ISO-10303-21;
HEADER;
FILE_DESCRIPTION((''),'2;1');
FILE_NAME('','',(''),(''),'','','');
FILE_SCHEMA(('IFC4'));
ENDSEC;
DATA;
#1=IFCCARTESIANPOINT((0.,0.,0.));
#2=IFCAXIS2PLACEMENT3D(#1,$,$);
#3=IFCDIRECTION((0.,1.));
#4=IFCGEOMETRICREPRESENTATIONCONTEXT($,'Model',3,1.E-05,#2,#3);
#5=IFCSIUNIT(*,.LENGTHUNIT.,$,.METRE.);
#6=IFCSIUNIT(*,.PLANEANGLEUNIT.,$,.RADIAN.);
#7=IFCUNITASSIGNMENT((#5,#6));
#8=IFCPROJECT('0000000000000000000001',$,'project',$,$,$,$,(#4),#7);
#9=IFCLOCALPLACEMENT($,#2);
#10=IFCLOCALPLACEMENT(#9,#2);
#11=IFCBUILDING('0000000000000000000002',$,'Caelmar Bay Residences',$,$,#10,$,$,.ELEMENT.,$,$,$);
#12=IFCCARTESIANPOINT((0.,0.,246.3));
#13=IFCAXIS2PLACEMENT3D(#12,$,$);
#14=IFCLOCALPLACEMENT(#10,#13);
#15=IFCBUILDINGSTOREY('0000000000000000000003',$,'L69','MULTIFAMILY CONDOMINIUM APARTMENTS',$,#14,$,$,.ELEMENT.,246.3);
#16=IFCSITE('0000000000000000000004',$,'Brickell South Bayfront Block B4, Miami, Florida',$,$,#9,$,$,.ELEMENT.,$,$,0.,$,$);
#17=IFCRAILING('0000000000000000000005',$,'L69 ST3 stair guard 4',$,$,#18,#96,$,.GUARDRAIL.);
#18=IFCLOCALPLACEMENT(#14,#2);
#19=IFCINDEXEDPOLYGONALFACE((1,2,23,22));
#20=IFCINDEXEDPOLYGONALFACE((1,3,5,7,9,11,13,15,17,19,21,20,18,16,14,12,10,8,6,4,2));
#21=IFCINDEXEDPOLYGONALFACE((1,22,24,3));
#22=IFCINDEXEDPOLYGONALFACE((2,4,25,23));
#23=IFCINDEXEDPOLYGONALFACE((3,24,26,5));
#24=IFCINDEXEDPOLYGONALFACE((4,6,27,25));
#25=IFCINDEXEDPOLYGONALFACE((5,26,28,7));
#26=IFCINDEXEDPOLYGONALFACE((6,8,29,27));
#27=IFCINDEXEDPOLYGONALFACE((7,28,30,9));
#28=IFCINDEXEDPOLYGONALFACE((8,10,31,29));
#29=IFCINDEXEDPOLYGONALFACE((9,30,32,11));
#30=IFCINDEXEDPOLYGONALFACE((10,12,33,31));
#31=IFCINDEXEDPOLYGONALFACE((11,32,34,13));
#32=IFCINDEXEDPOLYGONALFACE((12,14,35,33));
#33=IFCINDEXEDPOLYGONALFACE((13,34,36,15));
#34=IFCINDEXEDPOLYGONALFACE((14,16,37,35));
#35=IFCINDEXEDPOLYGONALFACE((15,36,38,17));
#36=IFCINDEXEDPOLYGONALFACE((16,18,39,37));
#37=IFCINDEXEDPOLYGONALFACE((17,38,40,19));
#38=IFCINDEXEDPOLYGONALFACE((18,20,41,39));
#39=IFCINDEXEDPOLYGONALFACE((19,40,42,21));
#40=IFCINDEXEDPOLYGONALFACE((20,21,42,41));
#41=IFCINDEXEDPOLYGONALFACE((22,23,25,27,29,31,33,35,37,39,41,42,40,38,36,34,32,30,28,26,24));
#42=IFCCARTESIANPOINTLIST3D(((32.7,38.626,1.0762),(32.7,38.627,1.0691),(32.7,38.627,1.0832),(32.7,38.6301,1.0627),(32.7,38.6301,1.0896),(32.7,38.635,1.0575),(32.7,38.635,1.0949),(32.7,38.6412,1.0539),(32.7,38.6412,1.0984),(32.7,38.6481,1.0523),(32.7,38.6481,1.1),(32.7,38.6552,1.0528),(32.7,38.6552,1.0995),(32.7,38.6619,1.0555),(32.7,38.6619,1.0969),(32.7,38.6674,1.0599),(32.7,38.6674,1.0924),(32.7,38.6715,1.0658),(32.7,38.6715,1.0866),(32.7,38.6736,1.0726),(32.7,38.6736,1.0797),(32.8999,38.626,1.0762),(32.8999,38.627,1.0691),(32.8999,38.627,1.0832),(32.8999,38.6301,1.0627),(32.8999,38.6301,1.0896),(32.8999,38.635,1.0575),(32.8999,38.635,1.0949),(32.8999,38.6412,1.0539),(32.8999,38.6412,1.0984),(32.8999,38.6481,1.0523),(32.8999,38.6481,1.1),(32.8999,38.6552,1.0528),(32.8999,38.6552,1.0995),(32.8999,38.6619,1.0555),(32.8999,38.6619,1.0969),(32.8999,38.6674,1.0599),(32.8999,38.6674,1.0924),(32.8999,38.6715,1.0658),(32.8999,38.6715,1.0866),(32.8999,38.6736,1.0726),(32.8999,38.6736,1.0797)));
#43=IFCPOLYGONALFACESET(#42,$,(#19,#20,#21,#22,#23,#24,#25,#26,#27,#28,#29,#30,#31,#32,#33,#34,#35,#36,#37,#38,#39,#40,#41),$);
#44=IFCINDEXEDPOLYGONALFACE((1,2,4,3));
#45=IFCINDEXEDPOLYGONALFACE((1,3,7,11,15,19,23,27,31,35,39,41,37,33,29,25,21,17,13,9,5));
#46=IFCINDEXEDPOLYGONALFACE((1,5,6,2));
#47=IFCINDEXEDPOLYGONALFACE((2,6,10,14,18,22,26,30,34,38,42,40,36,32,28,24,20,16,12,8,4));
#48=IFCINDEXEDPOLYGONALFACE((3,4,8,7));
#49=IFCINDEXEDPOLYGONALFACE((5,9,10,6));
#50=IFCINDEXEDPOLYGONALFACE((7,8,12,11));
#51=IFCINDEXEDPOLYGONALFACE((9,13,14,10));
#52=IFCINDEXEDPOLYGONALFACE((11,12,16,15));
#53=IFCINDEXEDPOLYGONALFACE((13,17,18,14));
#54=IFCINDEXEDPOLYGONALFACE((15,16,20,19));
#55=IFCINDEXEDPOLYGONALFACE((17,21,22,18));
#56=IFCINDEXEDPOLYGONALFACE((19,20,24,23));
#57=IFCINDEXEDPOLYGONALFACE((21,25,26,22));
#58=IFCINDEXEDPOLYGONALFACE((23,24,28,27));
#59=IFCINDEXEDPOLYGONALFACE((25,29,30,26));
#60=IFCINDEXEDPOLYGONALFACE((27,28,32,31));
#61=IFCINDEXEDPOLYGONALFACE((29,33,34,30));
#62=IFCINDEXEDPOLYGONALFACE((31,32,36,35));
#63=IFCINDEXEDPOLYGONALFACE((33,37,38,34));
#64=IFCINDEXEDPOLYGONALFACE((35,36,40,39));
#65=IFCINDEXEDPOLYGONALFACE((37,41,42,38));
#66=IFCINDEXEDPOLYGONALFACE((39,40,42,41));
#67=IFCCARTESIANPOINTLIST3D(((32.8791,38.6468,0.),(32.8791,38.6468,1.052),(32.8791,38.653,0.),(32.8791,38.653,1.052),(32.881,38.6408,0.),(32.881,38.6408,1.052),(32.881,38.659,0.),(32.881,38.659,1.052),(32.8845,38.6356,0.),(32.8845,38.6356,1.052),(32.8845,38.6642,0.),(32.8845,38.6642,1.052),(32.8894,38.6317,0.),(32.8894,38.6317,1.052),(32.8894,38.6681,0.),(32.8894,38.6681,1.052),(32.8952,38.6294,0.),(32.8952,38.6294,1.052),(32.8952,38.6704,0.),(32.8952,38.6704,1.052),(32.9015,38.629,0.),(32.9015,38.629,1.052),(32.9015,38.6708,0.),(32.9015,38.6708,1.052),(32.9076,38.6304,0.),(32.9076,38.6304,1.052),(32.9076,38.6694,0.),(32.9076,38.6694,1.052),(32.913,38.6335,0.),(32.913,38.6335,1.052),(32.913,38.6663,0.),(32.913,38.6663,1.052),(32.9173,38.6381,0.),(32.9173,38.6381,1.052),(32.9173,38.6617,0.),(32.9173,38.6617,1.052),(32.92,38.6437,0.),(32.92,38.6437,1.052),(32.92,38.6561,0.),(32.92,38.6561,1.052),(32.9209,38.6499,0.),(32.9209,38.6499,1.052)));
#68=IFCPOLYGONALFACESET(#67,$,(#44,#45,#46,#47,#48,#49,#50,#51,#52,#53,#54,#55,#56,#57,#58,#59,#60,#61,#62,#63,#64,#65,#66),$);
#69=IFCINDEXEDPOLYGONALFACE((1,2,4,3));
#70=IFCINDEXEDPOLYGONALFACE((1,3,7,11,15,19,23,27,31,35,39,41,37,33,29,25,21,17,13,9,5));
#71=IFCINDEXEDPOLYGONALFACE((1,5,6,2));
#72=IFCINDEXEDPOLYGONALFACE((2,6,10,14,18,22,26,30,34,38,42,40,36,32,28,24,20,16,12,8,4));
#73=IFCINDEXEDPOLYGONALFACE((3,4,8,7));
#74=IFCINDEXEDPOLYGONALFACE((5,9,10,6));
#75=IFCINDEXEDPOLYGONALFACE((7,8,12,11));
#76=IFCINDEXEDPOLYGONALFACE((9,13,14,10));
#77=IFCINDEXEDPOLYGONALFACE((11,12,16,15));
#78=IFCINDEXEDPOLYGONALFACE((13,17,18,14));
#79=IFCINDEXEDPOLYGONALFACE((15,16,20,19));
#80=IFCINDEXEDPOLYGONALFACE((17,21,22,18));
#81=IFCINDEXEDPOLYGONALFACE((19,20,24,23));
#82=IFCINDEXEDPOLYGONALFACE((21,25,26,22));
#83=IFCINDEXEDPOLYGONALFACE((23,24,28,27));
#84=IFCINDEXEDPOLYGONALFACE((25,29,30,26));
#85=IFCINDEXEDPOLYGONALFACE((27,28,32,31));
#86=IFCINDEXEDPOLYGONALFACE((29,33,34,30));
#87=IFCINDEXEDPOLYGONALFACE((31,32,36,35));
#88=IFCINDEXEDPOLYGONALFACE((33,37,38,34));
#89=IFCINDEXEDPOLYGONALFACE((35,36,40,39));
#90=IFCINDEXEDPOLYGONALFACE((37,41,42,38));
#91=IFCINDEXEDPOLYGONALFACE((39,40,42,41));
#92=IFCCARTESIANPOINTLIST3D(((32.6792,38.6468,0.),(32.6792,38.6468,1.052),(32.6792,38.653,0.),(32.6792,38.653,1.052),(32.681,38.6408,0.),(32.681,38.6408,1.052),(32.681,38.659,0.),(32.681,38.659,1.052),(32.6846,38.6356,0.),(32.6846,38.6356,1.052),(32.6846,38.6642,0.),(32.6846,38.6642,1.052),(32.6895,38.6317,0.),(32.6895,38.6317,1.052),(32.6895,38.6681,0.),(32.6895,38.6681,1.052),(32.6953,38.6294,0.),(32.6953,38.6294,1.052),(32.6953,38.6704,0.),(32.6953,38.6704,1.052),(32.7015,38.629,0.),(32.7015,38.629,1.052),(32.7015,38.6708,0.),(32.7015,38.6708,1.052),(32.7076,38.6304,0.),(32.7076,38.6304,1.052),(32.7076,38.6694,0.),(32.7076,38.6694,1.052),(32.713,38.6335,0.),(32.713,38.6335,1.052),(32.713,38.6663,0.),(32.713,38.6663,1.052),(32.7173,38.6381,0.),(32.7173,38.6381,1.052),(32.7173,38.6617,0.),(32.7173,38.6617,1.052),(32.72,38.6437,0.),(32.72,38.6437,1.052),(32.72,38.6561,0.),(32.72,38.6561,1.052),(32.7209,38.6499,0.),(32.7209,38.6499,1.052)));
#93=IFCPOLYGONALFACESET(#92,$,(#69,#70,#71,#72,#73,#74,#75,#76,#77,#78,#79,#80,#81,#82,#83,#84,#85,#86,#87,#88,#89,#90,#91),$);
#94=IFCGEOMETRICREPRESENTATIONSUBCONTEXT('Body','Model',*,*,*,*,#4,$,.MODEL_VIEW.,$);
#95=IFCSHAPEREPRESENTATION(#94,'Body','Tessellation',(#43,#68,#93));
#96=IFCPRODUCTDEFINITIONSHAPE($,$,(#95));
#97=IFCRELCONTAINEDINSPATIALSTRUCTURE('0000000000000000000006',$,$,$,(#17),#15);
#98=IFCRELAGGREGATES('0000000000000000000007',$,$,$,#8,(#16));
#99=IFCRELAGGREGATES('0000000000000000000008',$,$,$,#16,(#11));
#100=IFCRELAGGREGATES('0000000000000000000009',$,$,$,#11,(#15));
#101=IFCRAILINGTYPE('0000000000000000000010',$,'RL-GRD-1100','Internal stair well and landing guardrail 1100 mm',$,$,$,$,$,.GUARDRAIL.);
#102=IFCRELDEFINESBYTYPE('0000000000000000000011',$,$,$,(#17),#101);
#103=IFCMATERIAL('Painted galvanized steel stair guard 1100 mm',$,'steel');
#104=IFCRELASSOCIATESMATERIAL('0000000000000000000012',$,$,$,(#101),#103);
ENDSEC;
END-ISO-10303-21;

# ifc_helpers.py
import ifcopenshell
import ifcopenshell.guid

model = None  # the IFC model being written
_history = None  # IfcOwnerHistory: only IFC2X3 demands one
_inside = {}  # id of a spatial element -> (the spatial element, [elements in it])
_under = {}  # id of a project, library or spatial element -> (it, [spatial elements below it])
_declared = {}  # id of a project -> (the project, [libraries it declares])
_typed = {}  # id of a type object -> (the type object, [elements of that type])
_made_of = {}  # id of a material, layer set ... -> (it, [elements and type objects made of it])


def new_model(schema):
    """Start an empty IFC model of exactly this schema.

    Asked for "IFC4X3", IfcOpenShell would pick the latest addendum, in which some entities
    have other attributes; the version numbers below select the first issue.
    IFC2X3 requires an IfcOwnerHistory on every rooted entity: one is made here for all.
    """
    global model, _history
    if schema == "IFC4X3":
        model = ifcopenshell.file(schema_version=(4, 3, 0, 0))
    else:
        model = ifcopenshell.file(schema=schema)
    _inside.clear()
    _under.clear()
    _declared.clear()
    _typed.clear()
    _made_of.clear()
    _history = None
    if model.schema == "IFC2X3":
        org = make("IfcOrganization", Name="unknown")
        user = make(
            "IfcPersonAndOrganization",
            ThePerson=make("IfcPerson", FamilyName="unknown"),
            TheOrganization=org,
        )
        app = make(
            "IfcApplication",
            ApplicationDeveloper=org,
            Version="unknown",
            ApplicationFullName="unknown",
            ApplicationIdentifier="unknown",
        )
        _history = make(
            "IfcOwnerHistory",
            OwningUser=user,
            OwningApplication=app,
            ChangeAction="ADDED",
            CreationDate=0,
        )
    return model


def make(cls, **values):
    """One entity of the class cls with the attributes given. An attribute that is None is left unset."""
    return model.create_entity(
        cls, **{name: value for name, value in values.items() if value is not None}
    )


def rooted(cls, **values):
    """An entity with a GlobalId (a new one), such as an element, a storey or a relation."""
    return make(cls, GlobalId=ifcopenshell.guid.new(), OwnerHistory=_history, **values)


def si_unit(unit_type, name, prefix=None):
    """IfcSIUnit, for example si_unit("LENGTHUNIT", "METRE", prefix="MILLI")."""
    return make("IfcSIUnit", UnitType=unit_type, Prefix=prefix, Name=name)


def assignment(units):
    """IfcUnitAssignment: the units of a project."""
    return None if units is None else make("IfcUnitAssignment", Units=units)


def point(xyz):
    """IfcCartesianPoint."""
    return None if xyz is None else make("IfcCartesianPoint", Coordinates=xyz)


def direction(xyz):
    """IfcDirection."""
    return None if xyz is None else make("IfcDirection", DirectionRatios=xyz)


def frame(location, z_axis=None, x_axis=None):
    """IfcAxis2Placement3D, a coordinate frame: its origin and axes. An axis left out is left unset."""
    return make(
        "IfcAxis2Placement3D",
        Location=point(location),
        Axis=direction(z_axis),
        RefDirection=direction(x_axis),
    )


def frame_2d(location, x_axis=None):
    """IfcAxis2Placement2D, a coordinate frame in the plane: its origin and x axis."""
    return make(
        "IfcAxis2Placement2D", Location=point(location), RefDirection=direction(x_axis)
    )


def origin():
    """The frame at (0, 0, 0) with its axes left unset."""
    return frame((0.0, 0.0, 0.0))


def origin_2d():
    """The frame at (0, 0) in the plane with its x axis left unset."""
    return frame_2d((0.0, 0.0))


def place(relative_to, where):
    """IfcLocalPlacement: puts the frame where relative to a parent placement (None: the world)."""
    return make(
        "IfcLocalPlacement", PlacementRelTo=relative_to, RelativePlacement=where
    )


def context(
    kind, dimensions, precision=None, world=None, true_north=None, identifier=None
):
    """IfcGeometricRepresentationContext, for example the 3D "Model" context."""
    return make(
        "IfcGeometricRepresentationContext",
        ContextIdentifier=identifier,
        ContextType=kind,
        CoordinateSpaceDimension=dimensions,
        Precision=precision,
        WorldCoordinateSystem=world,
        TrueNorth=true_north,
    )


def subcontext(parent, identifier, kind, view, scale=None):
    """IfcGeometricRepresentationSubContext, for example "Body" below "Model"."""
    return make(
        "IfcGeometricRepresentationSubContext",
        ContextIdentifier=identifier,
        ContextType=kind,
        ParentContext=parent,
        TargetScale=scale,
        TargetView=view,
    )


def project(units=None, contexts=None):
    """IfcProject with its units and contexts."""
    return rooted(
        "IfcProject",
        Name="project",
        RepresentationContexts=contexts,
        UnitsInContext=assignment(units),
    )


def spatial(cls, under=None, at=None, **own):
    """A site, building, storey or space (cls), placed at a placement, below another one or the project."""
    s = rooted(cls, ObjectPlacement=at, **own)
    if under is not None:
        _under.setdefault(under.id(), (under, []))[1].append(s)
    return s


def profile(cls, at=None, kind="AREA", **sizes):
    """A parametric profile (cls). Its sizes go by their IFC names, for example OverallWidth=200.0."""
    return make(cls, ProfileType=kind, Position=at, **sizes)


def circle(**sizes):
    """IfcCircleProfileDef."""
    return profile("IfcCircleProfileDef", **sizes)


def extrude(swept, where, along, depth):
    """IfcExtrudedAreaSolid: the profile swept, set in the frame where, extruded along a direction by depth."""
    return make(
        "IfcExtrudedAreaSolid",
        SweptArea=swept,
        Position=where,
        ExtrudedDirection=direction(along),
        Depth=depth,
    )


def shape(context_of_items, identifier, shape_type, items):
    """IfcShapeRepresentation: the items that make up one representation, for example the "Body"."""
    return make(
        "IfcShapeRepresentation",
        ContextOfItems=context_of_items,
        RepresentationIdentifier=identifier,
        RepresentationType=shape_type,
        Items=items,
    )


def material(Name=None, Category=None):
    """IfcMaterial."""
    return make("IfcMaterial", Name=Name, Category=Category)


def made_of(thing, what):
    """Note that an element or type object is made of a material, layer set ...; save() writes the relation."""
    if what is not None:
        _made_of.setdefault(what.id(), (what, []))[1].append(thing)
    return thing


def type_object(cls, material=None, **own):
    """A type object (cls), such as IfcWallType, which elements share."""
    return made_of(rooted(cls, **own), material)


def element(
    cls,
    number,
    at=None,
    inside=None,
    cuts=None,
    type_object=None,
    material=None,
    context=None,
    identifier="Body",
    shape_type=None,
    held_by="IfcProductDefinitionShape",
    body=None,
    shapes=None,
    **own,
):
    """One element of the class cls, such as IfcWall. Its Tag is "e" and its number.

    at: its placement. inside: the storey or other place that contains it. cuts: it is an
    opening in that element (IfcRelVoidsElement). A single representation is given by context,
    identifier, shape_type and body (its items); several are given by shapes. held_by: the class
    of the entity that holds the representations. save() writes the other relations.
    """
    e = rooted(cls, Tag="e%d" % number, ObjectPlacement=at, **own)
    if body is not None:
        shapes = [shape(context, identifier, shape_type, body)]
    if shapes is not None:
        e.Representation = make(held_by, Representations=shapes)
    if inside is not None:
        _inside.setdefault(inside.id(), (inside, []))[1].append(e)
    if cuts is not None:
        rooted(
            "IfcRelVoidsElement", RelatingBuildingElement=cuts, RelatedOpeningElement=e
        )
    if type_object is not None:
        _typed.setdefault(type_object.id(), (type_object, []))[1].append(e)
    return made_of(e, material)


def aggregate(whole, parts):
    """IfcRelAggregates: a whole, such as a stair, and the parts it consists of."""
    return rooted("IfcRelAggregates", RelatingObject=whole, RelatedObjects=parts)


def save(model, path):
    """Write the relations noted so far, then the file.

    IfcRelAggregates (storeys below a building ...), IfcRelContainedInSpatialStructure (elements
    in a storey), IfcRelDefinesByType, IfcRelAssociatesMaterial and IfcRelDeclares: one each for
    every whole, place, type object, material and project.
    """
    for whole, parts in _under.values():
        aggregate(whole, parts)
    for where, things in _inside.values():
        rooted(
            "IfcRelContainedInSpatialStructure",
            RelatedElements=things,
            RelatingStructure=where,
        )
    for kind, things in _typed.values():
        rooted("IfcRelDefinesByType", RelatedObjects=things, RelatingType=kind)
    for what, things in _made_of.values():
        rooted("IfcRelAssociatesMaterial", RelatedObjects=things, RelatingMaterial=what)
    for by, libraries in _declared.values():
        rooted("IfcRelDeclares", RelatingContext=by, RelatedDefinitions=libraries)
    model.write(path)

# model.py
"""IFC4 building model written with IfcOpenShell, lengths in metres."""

from ifc_helpers import new_model, si_unit, direction, frame, origin, origin_2d, place, context, subcontext, project, spatial, circle, extrude, material, type_object, element, save


model = new_model("IFC4")

# Units and contexts
model_context = context("Model", 3, precision=1e-05, world=origin(), true_north=direction((0.0, 1.0)))
body_context = subcontext(model_context, "Body", "Model", "MODEL_VIEW")
ifc_project = project(units=[si_unit("LENGTHUNIT", "METRE"), si_unit("PLANEANGLEUNIT", "RADIAN")], contexts=[model_context])

# Site, building, storey
site_placement = place(None, origin())
site = spatial("IfcSite", under=ifc_project, at=site_placement, Name="Brickell South Bayfront Block B4, Miami, Florida", CompositionType="ELEMENT", RefElevation=0.0)
building_placement = place(site_placement, origin())
building = spatial("IfcBuilding", under=site, at=building_placement, Name="Caelmar Bay Residences", CompositionType="ELEMENT")
storey_placement = place(building_placement, frame((0.0, 0.0, 246.3)))
storey = spatial("IfcBuildingStorey", under=building, at=storey_placement, Name="L69", Description="MULTIFAMILY CONDOMINIUM APARTMENTS", CompositionType="ELEMENT", Elevation=246.3)

# Railing
ifc_material_1 = material(Name="Painted galvanized steel stair guard 1100 mm", Category="steel")
railing_type_1 = type_object("IfcRailingType", Name="RL-GRD-1100", Description="Internal stair well and landing guardrail 1100 mm", PredefinedType="GUARDRAIL", material=ifc_material_1)
railing_1_placement = place(storey_placement, frame((32.8999, 38.6499, 0.0)))
element("IfcRailing", 1, at=railing_1_placement, inside=storey, type_object=railing_type_1, Name="L69 ST3 stair guard 4", PredefinedType="GUARDRAIL", context=body_context, shape_type="SweptSolid", body=[
    extrude(circle(Radius=0.0239, at=origin_2d()), frame((0.0, 0.0, 1.0762), z_axis=(-1.0, 0.0, 0.0), x_axis=(0.0, -1.0, 0.0)), (0.0, 0.0, 1.0), 0.2),
    extrude(circle(Radius=0.021, at=origin_2d()), origin(), (0.0, 0.0, 1.0), 1.052),
    extrude(circle(Radius=0.021, at=origin_2d()), frame((-0.2, 0.0, 0.0)), (0.0, 0.0, 1.0), 1.052),
])

save(model, "model.ifc")
